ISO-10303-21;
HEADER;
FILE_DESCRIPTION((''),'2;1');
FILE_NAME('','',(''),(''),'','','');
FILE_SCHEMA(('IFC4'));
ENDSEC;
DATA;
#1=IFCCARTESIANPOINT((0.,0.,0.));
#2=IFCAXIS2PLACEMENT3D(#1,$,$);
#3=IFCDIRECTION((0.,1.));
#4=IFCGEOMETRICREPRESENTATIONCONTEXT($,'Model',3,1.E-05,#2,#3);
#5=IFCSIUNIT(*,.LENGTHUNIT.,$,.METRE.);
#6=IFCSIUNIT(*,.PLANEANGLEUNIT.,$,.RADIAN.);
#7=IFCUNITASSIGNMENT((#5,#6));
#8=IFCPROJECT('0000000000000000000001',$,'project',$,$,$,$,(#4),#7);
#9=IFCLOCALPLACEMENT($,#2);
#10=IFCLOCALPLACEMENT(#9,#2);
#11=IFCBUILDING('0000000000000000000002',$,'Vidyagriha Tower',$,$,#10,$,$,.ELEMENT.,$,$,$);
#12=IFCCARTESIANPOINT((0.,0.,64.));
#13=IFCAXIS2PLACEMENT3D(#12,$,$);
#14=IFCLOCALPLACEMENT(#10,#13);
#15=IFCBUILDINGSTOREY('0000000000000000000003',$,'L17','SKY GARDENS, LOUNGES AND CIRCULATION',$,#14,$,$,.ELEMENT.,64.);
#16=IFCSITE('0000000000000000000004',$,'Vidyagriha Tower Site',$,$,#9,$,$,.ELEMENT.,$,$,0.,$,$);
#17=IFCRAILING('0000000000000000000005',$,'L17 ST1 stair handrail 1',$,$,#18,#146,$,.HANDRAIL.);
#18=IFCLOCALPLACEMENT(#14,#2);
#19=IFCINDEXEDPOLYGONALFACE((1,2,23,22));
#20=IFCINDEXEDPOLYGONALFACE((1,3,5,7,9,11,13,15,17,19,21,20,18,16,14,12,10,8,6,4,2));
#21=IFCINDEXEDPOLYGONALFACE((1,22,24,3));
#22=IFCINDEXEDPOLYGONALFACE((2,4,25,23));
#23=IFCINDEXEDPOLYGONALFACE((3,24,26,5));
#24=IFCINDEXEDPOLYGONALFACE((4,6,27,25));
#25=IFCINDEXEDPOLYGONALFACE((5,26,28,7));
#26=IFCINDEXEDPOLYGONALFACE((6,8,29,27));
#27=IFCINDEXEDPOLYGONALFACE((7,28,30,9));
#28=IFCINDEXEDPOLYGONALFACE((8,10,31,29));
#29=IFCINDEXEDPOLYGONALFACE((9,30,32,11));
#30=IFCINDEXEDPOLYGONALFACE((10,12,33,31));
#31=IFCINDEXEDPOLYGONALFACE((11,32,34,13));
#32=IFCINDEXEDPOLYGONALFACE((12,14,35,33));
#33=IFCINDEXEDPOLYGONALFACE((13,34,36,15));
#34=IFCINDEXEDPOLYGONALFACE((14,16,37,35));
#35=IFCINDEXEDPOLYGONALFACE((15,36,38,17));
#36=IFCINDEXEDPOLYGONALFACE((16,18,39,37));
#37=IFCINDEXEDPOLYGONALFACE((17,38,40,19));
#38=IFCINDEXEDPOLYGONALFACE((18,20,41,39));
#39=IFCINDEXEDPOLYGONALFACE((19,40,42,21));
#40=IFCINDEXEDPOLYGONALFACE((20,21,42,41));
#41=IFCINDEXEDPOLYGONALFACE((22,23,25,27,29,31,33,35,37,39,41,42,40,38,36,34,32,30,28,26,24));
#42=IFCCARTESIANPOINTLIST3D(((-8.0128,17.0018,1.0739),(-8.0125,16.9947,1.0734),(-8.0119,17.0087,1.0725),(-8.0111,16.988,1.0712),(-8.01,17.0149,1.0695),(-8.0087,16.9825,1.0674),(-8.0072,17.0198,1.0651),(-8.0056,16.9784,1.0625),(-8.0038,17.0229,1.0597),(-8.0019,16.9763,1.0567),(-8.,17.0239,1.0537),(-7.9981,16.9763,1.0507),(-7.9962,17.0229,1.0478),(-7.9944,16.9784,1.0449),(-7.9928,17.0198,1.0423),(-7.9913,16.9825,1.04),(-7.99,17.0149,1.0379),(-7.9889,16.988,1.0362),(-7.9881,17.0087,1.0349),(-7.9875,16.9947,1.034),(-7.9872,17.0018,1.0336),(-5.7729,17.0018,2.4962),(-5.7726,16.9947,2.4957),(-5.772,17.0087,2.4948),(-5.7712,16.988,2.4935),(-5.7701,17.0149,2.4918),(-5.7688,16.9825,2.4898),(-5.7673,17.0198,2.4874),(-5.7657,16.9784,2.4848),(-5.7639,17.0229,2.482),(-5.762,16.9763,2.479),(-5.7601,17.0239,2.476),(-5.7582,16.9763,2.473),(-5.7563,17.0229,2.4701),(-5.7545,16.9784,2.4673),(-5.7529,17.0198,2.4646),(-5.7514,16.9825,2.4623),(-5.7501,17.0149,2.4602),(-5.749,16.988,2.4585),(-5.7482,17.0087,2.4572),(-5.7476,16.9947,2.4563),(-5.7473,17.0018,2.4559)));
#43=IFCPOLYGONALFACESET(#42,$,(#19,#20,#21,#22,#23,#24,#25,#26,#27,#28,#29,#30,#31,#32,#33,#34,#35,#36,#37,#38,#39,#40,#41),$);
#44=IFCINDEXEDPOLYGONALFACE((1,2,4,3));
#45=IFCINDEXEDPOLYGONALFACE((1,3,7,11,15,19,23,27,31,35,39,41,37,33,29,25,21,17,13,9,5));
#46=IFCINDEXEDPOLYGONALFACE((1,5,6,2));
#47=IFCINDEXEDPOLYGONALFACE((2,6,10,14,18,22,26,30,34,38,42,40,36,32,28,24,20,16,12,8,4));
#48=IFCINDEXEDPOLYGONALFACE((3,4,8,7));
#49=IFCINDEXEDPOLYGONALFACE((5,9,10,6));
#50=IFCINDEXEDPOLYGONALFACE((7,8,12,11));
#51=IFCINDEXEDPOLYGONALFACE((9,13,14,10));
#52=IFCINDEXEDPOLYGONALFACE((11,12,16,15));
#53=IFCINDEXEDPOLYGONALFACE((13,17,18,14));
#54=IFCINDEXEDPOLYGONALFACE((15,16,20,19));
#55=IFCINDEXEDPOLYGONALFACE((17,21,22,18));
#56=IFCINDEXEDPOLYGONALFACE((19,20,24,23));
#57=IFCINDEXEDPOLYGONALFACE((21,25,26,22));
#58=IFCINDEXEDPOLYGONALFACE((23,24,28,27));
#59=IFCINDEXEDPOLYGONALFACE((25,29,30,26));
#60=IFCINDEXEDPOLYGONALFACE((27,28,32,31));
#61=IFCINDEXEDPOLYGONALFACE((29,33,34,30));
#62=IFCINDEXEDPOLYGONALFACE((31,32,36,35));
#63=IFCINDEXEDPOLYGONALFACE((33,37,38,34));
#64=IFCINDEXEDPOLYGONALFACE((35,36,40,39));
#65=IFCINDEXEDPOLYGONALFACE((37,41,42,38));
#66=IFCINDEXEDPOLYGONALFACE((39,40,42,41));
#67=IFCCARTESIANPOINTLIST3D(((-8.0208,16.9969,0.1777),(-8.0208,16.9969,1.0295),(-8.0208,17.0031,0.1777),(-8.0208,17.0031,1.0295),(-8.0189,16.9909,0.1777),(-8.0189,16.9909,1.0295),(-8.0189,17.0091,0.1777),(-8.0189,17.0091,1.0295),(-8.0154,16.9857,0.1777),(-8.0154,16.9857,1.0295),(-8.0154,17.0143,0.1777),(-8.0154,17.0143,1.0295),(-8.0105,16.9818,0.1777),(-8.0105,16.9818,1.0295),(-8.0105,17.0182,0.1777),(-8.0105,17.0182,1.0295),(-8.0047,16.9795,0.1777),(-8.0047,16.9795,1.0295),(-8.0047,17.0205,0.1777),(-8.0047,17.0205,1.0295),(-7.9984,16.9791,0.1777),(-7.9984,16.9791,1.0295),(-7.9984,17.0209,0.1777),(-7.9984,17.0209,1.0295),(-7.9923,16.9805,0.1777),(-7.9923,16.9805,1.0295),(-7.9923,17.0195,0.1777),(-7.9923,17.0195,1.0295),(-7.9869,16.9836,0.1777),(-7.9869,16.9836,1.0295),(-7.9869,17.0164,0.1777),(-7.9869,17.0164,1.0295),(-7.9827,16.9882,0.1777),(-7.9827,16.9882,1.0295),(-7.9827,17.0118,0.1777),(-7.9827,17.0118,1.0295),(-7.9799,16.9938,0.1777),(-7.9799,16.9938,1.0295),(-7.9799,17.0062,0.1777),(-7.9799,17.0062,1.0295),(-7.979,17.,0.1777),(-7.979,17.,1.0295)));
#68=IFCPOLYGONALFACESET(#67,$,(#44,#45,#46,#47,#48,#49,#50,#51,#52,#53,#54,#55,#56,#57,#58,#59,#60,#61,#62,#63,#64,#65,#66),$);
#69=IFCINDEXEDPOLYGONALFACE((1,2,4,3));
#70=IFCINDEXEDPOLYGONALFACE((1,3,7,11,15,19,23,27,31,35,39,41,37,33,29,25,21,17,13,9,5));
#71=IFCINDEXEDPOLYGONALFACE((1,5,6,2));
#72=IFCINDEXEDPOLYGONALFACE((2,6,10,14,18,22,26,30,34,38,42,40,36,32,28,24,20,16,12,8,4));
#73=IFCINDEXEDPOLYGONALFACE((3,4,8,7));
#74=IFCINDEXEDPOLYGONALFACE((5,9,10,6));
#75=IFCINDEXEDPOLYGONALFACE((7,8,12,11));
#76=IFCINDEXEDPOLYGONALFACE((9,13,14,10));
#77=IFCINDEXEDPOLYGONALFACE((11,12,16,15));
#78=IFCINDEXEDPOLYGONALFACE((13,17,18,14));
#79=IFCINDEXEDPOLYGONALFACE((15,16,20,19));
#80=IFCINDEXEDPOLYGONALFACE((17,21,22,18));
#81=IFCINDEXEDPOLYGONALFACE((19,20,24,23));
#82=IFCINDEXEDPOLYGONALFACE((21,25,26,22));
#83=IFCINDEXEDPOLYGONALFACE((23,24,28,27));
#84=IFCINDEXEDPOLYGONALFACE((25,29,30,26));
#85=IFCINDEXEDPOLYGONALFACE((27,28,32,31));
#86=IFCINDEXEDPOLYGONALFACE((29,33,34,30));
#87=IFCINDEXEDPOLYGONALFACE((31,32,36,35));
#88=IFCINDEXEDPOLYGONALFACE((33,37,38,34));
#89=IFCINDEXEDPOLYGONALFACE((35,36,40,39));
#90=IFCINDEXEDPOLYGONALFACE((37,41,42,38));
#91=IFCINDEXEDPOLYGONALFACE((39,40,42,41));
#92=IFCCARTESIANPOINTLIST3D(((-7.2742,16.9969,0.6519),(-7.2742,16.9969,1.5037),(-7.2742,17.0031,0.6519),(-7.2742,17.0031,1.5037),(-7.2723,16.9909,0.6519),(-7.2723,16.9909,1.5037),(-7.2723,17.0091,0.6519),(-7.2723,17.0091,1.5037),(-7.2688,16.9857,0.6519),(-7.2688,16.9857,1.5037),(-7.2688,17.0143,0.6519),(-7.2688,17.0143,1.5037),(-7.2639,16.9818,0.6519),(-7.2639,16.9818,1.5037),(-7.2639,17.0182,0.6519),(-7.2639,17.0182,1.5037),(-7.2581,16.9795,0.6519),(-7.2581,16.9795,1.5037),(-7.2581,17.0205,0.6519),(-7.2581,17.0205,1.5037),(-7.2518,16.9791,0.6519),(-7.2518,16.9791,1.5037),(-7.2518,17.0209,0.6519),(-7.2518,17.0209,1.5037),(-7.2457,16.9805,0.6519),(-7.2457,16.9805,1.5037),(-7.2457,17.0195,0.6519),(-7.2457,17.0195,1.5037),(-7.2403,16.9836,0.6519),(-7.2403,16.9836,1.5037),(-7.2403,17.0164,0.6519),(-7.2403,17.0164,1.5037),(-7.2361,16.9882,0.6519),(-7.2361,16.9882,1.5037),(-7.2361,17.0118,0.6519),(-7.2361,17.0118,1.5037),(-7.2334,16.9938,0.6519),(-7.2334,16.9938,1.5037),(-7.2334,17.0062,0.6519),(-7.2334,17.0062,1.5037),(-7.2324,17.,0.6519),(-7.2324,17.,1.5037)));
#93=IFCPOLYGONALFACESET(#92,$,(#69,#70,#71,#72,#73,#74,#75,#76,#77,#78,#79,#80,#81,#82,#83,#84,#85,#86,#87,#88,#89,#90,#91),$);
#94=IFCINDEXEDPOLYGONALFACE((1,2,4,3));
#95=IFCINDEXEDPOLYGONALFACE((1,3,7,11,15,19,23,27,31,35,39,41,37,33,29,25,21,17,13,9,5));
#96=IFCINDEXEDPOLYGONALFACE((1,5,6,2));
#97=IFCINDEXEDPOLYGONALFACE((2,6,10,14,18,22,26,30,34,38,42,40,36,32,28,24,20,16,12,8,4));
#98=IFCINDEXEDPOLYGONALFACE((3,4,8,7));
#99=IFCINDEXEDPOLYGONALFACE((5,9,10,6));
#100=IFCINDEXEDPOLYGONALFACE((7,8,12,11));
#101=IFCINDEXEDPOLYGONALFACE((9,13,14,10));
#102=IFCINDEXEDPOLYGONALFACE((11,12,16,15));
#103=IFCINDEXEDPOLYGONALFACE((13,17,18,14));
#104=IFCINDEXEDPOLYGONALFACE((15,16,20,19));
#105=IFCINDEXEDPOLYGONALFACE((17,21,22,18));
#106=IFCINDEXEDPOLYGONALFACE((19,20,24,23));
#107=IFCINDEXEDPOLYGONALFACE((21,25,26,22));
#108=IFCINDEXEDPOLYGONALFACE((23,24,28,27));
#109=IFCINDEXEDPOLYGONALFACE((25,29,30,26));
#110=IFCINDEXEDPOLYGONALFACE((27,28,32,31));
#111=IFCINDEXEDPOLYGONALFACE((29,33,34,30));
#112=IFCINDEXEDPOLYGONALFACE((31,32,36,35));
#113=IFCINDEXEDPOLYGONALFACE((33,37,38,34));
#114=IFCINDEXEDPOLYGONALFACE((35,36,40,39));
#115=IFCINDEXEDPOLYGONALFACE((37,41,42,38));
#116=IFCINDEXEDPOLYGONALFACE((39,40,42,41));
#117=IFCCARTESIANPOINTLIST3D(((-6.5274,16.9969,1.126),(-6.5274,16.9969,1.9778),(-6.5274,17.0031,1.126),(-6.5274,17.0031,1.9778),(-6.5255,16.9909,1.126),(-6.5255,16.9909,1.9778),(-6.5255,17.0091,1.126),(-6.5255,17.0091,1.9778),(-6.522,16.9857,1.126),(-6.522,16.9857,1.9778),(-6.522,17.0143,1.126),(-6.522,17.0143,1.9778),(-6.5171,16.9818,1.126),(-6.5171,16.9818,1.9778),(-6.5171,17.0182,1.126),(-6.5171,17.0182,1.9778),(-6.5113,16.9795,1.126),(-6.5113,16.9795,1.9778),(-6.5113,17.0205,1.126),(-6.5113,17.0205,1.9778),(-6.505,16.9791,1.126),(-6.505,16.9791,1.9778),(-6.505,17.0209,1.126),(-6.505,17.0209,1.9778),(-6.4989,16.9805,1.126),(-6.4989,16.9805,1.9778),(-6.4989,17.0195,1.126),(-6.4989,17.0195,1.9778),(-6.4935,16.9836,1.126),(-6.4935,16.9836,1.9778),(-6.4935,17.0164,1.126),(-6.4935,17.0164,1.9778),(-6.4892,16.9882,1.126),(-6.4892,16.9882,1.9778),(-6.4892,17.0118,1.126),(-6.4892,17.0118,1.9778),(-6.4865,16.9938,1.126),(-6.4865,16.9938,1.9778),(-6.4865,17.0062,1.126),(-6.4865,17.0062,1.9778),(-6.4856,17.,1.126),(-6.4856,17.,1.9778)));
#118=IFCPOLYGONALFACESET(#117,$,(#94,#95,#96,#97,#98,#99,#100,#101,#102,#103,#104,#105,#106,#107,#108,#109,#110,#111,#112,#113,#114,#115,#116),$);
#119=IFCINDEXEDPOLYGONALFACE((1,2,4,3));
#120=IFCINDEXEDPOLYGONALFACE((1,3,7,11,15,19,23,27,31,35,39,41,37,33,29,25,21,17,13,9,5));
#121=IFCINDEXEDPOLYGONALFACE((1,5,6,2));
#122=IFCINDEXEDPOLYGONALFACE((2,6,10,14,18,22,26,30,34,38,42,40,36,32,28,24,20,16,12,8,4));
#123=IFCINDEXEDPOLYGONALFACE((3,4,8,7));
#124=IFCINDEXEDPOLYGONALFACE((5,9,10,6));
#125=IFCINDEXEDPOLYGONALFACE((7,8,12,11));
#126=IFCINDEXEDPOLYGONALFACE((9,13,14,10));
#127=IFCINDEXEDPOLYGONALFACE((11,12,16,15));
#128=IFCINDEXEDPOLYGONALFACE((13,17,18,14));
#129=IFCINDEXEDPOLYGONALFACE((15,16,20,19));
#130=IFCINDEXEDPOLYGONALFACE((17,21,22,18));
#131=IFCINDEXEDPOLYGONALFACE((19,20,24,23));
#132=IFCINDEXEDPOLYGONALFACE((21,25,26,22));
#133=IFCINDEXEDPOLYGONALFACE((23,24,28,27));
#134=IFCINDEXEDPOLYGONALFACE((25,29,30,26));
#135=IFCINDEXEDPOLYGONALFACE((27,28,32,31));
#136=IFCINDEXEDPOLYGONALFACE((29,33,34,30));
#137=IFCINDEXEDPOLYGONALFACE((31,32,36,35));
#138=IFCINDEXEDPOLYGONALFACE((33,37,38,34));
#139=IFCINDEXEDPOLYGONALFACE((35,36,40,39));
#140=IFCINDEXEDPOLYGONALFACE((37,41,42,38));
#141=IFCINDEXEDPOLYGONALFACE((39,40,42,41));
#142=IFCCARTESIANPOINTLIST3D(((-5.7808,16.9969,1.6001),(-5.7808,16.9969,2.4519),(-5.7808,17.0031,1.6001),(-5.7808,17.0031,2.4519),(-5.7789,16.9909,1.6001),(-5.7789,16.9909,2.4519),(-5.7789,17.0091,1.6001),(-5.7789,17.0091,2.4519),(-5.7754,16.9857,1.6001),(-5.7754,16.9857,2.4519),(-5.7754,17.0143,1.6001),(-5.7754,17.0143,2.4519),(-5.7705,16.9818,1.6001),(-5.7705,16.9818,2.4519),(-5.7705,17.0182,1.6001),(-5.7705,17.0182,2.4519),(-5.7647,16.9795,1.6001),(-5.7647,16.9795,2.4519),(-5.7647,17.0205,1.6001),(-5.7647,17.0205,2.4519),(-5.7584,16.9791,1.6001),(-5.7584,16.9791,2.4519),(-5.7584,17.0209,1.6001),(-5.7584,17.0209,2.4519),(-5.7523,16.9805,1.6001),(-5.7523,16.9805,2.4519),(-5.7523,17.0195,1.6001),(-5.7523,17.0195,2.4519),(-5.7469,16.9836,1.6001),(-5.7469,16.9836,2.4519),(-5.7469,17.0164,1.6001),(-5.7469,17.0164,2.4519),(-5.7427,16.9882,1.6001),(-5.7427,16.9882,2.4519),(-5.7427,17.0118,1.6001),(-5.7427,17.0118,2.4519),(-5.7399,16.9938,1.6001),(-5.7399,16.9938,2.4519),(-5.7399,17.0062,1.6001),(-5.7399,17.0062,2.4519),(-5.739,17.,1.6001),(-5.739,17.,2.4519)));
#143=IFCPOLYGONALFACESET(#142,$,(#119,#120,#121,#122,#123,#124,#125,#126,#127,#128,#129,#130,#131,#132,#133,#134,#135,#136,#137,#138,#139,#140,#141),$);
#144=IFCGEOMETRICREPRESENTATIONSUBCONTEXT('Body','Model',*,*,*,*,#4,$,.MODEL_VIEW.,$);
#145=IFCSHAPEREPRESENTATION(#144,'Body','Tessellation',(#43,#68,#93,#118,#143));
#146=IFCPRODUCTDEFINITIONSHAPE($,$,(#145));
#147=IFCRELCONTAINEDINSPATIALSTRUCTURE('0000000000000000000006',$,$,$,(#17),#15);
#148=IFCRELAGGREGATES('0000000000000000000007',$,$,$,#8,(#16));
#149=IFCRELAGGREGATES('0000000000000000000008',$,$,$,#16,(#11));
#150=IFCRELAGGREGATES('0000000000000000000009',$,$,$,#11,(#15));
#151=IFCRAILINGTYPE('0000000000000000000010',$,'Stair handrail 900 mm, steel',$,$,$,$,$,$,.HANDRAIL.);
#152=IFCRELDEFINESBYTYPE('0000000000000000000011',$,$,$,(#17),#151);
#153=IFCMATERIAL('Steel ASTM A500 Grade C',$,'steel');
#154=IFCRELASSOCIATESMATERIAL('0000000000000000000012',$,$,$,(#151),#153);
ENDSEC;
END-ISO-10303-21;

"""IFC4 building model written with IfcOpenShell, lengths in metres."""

from ifc_helpers import new_model, si_unit, direction, frame, origin, origin_2d, place, context, subcontext, project, spatial, circle, extrude, material, type_object, element, save


model = new_model("IFC4")

# Units and contexts
model_context = context("Model", 3, precision=1e-05, world=origin(), true_north=direction((0.0, 1.0)))
body_context = subcontext(model_context, "Body", "Model", "MODEL_VIEW")
ifc_project = project(units=[si_unit("LENGTHUNIT", "METRE"), si_unit("PLANEANGLEUNIT", "RADIAN")], contexts=[model_context])

# Site, building, storey
site_placement = place(None, origin())
site = spatial("IfcSite", under=ifc_project, at=site_placement, Name="Vidyagriha Tower Site", CompositionType="ELEMENT", RefElevation=0.0)
building_placement = place(site_placement, origin())
building = spatial("IfcBuilding", under=site, at=building_placement, Name="Vidyagriha Tower", CompositionType="ELEMENT")
storey_placement = place(building_placement, frame((0.0, 0.0, 64.0)))
storey = spatial("IfcBuildingStorey", under=building, at=storey_placement, Name="L17", Description="SKY GARDENS, LOUNGES AND CIRCULATION", CompositionType="ELEMENT", Elevation=64.0)

# Railing
ifc_material_1 = material(Name="Steel ASTM A500 Grade C", Category="steel")
railing_type_1 = type_object("IfcRailingType", Name="Stair handrail 900 mm, steel", PredefinedType="HANDRAIL", material=ifc_material_1)
for number, where, name in (
    (1, (-8.0, 17.0, 0.1777), "L17 ST1 stair handrail 1"),
):
    element("IfcRailing", number, at=place(storey_placement, frame(where)), inside=storey, type_object=railing_type_1, Name=name, PredefinedType="HANDRAIL", context=body_context, shape_type="SweptSolid", body=[
        extrude(circle(Radius=0.0239, at=origin_2d()), frame((0.0, 0.0, 0.876), z_axis=(0.844188, 0.0, 0.536048), x_axis=(0.0, 1.0, 0.0)), (0.0, 0.0, 1.0), 2.6533),
        extrude(circle(Radius=0.021, at=origin_2d()), origin(), (0.0, 0.0, 1.0), 0.8518),
        extrude(circle(Radius=0.021, at=origin_2d()), frame((0.7466, 0.0, 0.4741)), (0.0, 0.0, 1.0), 0.8518),
        extrude(circle(Radius=0.021, at=origin_2d()), frame((1.4934, 0.0, 0.9482)), (0.0, 0.0, 1.0), 0.8518),
        extrude(circle(Radius=0.021, at=origin_2d()), frame((2.24, 0.0, 1.4224)), (0.0, 0.0, 1.0), 0.8518),
    ])

save(model, "model.ifc")
